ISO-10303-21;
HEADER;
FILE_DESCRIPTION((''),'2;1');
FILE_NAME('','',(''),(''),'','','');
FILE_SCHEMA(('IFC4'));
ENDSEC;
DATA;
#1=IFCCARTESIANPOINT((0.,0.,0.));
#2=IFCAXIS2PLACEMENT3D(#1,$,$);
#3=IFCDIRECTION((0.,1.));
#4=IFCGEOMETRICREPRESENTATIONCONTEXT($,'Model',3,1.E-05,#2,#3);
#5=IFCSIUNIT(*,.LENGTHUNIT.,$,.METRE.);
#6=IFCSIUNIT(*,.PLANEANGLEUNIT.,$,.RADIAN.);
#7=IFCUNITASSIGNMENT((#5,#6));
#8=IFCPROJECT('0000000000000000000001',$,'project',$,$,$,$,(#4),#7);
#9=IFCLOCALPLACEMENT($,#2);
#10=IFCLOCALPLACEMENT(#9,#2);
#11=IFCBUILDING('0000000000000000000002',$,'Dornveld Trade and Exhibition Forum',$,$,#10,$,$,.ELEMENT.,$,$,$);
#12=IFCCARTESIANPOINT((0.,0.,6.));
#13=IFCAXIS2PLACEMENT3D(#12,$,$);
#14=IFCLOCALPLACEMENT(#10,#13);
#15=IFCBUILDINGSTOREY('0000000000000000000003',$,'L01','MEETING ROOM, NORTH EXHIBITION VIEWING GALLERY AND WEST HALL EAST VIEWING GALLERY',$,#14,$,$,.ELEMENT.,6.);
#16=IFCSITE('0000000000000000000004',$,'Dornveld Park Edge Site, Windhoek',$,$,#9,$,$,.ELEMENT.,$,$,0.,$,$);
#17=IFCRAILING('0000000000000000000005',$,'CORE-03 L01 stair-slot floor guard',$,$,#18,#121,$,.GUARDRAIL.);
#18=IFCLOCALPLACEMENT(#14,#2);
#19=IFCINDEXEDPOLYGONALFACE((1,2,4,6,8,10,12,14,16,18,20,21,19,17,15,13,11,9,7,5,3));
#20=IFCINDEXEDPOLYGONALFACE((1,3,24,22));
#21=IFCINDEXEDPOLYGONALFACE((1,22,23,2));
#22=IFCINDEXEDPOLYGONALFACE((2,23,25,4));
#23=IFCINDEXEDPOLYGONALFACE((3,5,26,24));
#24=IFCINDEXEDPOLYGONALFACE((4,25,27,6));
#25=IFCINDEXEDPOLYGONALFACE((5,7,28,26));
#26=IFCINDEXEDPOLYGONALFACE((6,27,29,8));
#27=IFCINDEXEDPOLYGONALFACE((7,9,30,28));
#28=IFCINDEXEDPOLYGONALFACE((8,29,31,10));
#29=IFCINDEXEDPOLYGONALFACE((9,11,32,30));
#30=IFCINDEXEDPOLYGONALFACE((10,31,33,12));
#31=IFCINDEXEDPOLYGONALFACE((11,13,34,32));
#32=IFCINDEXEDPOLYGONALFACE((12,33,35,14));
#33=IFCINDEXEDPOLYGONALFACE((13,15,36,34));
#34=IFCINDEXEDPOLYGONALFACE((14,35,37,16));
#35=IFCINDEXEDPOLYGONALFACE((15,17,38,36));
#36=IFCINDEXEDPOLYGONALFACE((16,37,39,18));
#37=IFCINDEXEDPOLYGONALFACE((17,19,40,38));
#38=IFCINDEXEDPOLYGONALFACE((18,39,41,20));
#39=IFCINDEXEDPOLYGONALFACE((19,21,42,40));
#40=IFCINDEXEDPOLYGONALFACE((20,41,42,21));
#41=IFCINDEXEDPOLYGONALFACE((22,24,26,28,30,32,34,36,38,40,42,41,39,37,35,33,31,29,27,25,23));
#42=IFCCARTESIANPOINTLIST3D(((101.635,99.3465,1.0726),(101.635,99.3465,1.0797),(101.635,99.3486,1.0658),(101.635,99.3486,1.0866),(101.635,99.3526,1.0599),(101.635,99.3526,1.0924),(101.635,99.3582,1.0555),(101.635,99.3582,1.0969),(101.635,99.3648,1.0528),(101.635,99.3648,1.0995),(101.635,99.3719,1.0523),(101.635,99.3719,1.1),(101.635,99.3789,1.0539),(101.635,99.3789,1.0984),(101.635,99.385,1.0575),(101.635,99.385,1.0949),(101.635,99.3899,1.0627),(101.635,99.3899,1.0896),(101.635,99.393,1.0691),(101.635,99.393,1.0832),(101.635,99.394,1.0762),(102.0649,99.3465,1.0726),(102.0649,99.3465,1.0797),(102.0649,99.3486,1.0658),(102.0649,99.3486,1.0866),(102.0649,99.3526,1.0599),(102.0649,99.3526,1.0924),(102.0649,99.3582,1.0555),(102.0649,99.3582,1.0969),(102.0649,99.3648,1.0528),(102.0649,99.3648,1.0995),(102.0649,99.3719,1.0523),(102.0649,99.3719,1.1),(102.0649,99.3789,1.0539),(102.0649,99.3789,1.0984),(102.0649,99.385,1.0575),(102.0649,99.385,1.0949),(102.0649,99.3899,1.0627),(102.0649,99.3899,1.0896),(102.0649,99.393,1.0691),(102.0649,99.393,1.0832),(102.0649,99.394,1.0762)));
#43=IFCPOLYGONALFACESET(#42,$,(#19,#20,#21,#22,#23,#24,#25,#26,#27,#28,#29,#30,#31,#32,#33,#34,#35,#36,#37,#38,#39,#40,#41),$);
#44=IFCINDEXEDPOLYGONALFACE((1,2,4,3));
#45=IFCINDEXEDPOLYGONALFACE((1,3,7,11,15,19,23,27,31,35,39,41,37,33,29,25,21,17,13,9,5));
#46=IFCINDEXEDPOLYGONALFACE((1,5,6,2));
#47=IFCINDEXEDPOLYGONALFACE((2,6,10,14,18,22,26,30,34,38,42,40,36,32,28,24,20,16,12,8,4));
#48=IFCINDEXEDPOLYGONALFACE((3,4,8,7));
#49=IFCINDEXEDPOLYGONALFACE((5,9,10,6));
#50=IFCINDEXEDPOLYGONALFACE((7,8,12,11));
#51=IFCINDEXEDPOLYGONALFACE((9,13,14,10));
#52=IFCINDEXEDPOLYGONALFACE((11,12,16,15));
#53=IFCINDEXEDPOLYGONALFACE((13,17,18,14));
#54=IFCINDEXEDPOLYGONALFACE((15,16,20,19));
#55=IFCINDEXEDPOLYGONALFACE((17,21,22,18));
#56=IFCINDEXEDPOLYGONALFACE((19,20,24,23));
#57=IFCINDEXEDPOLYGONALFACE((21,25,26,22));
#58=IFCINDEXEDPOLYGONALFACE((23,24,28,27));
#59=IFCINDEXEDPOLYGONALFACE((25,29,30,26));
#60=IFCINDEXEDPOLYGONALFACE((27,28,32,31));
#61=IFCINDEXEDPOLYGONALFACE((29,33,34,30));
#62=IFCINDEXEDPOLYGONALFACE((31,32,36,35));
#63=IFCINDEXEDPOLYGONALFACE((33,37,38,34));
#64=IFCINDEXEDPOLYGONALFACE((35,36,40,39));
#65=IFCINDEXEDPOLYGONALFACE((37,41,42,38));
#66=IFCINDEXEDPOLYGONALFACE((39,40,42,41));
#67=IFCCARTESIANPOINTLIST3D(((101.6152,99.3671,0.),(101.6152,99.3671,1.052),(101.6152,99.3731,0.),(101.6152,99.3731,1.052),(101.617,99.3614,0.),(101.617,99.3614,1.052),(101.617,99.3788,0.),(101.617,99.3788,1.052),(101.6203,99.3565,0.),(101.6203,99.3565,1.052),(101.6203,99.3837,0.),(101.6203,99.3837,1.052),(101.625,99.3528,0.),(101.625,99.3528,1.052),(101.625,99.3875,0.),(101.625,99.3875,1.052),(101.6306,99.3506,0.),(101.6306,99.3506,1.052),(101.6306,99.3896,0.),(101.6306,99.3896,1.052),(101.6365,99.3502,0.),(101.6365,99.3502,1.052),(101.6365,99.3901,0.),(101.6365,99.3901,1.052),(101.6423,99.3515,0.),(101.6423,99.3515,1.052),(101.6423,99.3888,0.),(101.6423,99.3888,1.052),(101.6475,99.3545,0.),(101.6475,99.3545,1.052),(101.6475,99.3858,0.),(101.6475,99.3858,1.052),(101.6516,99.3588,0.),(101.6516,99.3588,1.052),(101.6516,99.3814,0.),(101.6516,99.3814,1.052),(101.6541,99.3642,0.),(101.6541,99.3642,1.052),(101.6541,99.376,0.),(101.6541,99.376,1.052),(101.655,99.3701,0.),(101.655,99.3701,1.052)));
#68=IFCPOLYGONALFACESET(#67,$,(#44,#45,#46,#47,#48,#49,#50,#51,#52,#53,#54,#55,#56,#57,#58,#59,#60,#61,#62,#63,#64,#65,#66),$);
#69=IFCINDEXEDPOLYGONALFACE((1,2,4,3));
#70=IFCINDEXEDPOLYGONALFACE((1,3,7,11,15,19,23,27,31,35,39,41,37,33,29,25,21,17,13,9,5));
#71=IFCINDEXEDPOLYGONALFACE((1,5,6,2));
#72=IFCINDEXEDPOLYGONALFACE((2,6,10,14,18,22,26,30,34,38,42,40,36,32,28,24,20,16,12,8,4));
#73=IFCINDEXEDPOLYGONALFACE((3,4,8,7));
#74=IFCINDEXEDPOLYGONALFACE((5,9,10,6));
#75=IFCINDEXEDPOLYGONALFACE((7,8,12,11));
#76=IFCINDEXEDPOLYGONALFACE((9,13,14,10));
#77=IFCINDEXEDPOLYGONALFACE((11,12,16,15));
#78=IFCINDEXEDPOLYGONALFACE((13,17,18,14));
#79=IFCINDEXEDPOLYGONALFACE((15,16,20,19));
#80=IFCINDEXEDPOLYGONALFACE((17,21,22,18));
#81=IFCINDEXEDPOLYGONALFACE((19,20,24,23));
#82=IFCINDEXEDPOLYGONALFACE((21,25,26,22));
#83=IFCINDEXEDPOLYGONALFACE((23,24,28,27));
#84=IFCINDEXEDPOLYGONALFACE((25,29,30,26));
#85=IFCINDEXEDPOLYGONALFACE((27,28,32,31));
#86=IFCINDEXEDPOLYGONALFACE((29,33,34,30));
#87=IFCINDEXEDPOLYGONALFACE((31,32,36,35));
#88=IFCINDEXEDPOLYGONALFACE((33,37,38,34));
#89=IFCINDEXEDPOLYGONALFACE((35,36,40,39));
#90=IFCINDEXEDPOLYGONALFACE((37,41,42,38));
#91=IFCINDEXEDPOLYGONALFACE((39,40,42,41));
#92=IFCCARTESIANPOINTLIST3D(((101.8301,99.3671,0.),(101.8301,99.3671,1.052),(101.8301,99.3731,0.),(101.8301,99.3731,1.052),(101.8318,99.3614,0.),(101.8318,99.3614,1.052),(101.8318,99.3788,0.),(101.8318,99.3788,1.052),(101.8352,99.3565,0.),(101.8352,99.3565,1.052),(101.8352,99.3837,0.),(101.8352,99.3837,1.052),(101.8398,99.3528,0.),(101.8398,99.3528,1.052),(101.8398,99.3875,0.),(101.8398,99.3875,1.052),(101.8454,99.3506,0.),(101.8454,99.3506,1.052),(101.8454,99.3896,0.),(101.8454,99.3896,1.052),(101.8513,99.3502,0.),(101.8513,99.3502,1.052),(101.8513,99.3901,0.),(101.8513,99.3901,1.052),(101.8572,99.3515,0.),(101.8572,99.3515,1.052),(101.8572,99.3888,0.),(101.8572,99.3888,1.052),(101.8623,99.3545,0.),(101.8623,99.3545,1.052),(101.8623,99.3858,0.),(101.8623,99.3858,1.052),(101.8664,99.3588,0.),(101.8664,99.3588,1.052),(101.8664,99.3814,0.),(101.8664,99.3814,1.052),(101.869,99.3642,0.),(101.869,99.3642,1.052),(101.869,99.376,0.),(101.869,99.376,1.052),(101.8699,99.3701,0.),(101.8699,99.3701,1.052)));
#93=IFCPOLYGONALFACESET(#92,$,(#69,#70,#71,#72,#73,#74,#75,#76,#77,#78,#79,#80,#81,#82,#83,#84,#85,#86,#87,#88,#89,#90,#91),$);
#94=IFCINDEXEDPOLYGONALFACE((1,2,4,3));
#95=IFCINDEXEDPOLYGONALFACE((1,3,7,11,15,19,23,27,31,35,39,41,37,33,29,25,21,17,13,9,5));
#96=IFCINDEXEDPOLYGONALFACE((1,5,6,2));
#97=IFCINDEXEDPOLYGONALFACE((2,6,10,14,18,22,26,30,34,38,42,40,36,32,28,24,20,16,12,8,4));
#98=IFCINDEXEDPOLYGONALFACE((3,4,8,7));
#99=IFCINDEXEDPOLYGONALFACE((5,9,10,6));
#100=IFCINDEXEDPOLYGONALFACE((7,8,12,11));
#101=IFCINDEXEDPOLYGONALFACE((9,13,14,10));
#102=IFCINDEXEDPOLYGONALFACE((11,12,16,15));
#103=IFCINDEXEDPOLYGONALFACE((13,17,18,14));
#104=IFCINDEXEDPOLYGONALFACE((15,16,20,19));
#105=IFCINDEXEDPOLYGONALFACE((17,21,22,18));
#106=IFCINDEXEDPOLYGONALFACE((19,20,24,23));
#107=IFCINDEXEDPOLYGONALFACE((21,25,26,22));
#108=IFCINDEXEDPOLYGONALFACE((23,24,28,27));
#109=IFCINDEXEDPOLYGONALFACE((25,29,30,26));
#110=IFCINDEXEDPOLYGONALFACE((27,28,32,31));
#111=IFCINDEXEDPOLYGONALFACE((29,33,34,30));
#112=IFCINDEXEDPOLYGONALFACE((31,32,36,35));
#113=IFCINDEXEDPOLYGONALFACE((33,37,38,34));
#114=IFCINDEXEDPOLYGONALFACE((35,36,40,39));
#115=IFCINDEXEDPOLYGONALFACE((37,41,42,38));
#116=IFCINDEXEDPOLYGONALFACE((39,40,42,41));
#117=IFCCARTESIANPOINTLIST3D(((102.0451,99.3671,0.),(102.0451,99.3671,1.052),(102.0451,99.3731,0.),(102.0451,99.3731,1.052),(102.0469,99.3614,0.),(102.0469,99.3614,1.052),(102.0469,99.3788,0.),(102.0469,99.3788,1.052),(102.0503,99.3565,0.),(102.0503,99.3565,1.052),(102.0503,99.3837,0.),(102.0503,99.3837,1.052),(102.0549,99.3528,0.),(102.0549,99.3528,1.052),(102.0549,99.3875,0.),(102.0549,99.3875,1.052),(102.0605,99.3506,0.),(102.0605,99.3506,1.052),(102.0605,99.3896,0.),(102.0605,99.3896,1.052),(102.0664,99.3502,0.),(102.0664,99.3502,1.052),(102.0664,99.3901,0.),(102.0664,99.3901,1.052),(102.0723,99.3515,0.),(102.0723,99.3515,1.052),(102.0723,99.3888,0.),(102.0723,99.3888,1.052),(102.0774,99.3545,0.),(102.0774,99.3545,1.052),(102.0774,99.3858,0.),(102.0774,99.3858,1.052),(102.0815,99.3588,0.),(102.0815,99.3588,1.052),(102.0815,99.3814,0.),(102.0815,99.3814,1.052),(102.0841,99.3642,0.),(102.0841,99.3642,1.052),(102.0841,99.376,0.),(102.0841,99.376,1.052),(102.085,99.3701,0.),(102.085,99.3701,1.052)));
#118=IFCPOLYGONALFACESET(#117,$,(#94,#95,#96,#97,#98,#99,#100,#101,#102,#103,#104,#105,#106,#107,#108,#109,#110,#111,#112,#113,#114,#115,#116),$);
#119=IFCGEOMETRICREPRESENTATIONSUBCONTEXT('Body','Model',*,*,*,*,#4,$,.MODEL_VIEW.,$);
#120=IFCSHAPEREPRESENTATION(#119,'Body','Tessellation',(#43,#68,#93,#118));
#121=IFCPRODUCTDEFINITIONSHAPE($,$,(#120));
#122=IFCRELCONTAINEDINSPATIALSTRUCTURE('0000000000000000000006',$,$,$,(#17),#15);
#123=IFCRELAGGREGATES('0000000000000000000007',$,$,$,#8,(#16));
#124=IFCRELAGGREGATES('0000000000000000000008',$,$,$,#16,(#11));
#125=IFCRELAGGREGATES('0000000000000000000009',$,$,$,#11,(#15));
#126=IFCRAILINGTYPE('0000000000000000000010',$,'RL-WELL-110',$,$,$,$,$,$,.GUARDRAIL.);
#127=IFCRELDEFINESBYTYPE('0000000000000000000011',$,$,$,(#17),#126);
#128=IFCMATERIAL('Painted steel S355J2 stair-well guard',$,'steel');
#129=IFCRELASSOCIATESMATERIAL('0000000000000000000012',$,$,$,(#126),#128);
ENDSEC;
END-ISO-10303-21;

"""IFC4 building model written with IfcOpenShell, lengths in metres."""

from ifc_helpers import new_model, si_unit, direction, frame, origin, origin_2d, place, context, subcontext, project, spatial, circle, extrude, material, type_object, element, save


model = new_model("IFC4")

# Units and contexts
model_context = context("Model", 3, precision=1e-05, world=origin(), true_north=direction((0.0, 1.0)))
body_context = subcontext(model_context, "Body", "Model", "MODEL_VIEW")
ifc_project = project(units=[si_unit("LENGTHUNIT", "METRE"), si_unit("PLANEANGLEUNIT", "RADIAN")], contexts=[model_context])

# Site, building, storey
site_placement = place(None, origin())
site = spatial("IfcSite", under=ifc_project, at=site_placement, Name="Dornveld Park Edge Site, Windhoek", CompositionType="ELEMENT", RefElevation=0.0)
building_placement = place(site_placement, origin())
building = spatial("IfcBuilding", under=site, at=building_placement, Name="Dornveld Trade and Exhibition Forum", CompositionType="ELEMENT")
storey_placement = place(building_placement, frame((0.0, 0.0, 6.0)))
storey = spatial("IfcBuildingStorey", under=building, at=storey_placement, Name="L01", Description="MEETING ROOM, NORTH EXHIBITION VIEWING GALLERY AND WEST HALL EAST VIEWING GALLERY", CompositionType="ELEMENT", Elevation=6.0)

# Railing
ifc_material_1 = material(Name="Painted steel S355J2 stair-well guard", Category="steel")
railing_type_1 = type_object("IfcRailingType", Name="RL-WELL-110", PredefinedType="GUARDRAIL", material=ifc_material_1)
railing_1_placement = place(storey_placement, frame((101.635, 99.3701, 0.0)))
element("IfcRailing", 1, at=railing_1_placement, inside=storey, type_object=railing_type_1, Name="CORE-03 L01 stair-slot floor guard", PredefinedType="GUARDRAIL", context=body_context, shape_type="SweptSolid", body=[
    extrude(circle(Radius=0.0239, at=origin_2d()), frame((0.0, 0.0, 1.0762), z_axis=(1.0, 0.0, 0.0), x_axis=(0.0, 1.0, 0.0)), (0.0, 0.0, 1.0), 0.4299),
    extrude(circle(Radius=0.02, at=origin_2d()), origin(), (0.0, 0.0, 1.0), 1.052),
    extrude(circle(Radius=0.02, at=origin_2d()), frame((0.2148, 0.0, 0.0)), (0.0, 0.0, 1.0), 1.052),
    extrude(circle(Radius=0.02, at=origin_2d()), frame((0.4299, 0.0, 0.0)), (0.0, 0.0, 1.0), 1.052),
])

save(model, "model.ifc")
